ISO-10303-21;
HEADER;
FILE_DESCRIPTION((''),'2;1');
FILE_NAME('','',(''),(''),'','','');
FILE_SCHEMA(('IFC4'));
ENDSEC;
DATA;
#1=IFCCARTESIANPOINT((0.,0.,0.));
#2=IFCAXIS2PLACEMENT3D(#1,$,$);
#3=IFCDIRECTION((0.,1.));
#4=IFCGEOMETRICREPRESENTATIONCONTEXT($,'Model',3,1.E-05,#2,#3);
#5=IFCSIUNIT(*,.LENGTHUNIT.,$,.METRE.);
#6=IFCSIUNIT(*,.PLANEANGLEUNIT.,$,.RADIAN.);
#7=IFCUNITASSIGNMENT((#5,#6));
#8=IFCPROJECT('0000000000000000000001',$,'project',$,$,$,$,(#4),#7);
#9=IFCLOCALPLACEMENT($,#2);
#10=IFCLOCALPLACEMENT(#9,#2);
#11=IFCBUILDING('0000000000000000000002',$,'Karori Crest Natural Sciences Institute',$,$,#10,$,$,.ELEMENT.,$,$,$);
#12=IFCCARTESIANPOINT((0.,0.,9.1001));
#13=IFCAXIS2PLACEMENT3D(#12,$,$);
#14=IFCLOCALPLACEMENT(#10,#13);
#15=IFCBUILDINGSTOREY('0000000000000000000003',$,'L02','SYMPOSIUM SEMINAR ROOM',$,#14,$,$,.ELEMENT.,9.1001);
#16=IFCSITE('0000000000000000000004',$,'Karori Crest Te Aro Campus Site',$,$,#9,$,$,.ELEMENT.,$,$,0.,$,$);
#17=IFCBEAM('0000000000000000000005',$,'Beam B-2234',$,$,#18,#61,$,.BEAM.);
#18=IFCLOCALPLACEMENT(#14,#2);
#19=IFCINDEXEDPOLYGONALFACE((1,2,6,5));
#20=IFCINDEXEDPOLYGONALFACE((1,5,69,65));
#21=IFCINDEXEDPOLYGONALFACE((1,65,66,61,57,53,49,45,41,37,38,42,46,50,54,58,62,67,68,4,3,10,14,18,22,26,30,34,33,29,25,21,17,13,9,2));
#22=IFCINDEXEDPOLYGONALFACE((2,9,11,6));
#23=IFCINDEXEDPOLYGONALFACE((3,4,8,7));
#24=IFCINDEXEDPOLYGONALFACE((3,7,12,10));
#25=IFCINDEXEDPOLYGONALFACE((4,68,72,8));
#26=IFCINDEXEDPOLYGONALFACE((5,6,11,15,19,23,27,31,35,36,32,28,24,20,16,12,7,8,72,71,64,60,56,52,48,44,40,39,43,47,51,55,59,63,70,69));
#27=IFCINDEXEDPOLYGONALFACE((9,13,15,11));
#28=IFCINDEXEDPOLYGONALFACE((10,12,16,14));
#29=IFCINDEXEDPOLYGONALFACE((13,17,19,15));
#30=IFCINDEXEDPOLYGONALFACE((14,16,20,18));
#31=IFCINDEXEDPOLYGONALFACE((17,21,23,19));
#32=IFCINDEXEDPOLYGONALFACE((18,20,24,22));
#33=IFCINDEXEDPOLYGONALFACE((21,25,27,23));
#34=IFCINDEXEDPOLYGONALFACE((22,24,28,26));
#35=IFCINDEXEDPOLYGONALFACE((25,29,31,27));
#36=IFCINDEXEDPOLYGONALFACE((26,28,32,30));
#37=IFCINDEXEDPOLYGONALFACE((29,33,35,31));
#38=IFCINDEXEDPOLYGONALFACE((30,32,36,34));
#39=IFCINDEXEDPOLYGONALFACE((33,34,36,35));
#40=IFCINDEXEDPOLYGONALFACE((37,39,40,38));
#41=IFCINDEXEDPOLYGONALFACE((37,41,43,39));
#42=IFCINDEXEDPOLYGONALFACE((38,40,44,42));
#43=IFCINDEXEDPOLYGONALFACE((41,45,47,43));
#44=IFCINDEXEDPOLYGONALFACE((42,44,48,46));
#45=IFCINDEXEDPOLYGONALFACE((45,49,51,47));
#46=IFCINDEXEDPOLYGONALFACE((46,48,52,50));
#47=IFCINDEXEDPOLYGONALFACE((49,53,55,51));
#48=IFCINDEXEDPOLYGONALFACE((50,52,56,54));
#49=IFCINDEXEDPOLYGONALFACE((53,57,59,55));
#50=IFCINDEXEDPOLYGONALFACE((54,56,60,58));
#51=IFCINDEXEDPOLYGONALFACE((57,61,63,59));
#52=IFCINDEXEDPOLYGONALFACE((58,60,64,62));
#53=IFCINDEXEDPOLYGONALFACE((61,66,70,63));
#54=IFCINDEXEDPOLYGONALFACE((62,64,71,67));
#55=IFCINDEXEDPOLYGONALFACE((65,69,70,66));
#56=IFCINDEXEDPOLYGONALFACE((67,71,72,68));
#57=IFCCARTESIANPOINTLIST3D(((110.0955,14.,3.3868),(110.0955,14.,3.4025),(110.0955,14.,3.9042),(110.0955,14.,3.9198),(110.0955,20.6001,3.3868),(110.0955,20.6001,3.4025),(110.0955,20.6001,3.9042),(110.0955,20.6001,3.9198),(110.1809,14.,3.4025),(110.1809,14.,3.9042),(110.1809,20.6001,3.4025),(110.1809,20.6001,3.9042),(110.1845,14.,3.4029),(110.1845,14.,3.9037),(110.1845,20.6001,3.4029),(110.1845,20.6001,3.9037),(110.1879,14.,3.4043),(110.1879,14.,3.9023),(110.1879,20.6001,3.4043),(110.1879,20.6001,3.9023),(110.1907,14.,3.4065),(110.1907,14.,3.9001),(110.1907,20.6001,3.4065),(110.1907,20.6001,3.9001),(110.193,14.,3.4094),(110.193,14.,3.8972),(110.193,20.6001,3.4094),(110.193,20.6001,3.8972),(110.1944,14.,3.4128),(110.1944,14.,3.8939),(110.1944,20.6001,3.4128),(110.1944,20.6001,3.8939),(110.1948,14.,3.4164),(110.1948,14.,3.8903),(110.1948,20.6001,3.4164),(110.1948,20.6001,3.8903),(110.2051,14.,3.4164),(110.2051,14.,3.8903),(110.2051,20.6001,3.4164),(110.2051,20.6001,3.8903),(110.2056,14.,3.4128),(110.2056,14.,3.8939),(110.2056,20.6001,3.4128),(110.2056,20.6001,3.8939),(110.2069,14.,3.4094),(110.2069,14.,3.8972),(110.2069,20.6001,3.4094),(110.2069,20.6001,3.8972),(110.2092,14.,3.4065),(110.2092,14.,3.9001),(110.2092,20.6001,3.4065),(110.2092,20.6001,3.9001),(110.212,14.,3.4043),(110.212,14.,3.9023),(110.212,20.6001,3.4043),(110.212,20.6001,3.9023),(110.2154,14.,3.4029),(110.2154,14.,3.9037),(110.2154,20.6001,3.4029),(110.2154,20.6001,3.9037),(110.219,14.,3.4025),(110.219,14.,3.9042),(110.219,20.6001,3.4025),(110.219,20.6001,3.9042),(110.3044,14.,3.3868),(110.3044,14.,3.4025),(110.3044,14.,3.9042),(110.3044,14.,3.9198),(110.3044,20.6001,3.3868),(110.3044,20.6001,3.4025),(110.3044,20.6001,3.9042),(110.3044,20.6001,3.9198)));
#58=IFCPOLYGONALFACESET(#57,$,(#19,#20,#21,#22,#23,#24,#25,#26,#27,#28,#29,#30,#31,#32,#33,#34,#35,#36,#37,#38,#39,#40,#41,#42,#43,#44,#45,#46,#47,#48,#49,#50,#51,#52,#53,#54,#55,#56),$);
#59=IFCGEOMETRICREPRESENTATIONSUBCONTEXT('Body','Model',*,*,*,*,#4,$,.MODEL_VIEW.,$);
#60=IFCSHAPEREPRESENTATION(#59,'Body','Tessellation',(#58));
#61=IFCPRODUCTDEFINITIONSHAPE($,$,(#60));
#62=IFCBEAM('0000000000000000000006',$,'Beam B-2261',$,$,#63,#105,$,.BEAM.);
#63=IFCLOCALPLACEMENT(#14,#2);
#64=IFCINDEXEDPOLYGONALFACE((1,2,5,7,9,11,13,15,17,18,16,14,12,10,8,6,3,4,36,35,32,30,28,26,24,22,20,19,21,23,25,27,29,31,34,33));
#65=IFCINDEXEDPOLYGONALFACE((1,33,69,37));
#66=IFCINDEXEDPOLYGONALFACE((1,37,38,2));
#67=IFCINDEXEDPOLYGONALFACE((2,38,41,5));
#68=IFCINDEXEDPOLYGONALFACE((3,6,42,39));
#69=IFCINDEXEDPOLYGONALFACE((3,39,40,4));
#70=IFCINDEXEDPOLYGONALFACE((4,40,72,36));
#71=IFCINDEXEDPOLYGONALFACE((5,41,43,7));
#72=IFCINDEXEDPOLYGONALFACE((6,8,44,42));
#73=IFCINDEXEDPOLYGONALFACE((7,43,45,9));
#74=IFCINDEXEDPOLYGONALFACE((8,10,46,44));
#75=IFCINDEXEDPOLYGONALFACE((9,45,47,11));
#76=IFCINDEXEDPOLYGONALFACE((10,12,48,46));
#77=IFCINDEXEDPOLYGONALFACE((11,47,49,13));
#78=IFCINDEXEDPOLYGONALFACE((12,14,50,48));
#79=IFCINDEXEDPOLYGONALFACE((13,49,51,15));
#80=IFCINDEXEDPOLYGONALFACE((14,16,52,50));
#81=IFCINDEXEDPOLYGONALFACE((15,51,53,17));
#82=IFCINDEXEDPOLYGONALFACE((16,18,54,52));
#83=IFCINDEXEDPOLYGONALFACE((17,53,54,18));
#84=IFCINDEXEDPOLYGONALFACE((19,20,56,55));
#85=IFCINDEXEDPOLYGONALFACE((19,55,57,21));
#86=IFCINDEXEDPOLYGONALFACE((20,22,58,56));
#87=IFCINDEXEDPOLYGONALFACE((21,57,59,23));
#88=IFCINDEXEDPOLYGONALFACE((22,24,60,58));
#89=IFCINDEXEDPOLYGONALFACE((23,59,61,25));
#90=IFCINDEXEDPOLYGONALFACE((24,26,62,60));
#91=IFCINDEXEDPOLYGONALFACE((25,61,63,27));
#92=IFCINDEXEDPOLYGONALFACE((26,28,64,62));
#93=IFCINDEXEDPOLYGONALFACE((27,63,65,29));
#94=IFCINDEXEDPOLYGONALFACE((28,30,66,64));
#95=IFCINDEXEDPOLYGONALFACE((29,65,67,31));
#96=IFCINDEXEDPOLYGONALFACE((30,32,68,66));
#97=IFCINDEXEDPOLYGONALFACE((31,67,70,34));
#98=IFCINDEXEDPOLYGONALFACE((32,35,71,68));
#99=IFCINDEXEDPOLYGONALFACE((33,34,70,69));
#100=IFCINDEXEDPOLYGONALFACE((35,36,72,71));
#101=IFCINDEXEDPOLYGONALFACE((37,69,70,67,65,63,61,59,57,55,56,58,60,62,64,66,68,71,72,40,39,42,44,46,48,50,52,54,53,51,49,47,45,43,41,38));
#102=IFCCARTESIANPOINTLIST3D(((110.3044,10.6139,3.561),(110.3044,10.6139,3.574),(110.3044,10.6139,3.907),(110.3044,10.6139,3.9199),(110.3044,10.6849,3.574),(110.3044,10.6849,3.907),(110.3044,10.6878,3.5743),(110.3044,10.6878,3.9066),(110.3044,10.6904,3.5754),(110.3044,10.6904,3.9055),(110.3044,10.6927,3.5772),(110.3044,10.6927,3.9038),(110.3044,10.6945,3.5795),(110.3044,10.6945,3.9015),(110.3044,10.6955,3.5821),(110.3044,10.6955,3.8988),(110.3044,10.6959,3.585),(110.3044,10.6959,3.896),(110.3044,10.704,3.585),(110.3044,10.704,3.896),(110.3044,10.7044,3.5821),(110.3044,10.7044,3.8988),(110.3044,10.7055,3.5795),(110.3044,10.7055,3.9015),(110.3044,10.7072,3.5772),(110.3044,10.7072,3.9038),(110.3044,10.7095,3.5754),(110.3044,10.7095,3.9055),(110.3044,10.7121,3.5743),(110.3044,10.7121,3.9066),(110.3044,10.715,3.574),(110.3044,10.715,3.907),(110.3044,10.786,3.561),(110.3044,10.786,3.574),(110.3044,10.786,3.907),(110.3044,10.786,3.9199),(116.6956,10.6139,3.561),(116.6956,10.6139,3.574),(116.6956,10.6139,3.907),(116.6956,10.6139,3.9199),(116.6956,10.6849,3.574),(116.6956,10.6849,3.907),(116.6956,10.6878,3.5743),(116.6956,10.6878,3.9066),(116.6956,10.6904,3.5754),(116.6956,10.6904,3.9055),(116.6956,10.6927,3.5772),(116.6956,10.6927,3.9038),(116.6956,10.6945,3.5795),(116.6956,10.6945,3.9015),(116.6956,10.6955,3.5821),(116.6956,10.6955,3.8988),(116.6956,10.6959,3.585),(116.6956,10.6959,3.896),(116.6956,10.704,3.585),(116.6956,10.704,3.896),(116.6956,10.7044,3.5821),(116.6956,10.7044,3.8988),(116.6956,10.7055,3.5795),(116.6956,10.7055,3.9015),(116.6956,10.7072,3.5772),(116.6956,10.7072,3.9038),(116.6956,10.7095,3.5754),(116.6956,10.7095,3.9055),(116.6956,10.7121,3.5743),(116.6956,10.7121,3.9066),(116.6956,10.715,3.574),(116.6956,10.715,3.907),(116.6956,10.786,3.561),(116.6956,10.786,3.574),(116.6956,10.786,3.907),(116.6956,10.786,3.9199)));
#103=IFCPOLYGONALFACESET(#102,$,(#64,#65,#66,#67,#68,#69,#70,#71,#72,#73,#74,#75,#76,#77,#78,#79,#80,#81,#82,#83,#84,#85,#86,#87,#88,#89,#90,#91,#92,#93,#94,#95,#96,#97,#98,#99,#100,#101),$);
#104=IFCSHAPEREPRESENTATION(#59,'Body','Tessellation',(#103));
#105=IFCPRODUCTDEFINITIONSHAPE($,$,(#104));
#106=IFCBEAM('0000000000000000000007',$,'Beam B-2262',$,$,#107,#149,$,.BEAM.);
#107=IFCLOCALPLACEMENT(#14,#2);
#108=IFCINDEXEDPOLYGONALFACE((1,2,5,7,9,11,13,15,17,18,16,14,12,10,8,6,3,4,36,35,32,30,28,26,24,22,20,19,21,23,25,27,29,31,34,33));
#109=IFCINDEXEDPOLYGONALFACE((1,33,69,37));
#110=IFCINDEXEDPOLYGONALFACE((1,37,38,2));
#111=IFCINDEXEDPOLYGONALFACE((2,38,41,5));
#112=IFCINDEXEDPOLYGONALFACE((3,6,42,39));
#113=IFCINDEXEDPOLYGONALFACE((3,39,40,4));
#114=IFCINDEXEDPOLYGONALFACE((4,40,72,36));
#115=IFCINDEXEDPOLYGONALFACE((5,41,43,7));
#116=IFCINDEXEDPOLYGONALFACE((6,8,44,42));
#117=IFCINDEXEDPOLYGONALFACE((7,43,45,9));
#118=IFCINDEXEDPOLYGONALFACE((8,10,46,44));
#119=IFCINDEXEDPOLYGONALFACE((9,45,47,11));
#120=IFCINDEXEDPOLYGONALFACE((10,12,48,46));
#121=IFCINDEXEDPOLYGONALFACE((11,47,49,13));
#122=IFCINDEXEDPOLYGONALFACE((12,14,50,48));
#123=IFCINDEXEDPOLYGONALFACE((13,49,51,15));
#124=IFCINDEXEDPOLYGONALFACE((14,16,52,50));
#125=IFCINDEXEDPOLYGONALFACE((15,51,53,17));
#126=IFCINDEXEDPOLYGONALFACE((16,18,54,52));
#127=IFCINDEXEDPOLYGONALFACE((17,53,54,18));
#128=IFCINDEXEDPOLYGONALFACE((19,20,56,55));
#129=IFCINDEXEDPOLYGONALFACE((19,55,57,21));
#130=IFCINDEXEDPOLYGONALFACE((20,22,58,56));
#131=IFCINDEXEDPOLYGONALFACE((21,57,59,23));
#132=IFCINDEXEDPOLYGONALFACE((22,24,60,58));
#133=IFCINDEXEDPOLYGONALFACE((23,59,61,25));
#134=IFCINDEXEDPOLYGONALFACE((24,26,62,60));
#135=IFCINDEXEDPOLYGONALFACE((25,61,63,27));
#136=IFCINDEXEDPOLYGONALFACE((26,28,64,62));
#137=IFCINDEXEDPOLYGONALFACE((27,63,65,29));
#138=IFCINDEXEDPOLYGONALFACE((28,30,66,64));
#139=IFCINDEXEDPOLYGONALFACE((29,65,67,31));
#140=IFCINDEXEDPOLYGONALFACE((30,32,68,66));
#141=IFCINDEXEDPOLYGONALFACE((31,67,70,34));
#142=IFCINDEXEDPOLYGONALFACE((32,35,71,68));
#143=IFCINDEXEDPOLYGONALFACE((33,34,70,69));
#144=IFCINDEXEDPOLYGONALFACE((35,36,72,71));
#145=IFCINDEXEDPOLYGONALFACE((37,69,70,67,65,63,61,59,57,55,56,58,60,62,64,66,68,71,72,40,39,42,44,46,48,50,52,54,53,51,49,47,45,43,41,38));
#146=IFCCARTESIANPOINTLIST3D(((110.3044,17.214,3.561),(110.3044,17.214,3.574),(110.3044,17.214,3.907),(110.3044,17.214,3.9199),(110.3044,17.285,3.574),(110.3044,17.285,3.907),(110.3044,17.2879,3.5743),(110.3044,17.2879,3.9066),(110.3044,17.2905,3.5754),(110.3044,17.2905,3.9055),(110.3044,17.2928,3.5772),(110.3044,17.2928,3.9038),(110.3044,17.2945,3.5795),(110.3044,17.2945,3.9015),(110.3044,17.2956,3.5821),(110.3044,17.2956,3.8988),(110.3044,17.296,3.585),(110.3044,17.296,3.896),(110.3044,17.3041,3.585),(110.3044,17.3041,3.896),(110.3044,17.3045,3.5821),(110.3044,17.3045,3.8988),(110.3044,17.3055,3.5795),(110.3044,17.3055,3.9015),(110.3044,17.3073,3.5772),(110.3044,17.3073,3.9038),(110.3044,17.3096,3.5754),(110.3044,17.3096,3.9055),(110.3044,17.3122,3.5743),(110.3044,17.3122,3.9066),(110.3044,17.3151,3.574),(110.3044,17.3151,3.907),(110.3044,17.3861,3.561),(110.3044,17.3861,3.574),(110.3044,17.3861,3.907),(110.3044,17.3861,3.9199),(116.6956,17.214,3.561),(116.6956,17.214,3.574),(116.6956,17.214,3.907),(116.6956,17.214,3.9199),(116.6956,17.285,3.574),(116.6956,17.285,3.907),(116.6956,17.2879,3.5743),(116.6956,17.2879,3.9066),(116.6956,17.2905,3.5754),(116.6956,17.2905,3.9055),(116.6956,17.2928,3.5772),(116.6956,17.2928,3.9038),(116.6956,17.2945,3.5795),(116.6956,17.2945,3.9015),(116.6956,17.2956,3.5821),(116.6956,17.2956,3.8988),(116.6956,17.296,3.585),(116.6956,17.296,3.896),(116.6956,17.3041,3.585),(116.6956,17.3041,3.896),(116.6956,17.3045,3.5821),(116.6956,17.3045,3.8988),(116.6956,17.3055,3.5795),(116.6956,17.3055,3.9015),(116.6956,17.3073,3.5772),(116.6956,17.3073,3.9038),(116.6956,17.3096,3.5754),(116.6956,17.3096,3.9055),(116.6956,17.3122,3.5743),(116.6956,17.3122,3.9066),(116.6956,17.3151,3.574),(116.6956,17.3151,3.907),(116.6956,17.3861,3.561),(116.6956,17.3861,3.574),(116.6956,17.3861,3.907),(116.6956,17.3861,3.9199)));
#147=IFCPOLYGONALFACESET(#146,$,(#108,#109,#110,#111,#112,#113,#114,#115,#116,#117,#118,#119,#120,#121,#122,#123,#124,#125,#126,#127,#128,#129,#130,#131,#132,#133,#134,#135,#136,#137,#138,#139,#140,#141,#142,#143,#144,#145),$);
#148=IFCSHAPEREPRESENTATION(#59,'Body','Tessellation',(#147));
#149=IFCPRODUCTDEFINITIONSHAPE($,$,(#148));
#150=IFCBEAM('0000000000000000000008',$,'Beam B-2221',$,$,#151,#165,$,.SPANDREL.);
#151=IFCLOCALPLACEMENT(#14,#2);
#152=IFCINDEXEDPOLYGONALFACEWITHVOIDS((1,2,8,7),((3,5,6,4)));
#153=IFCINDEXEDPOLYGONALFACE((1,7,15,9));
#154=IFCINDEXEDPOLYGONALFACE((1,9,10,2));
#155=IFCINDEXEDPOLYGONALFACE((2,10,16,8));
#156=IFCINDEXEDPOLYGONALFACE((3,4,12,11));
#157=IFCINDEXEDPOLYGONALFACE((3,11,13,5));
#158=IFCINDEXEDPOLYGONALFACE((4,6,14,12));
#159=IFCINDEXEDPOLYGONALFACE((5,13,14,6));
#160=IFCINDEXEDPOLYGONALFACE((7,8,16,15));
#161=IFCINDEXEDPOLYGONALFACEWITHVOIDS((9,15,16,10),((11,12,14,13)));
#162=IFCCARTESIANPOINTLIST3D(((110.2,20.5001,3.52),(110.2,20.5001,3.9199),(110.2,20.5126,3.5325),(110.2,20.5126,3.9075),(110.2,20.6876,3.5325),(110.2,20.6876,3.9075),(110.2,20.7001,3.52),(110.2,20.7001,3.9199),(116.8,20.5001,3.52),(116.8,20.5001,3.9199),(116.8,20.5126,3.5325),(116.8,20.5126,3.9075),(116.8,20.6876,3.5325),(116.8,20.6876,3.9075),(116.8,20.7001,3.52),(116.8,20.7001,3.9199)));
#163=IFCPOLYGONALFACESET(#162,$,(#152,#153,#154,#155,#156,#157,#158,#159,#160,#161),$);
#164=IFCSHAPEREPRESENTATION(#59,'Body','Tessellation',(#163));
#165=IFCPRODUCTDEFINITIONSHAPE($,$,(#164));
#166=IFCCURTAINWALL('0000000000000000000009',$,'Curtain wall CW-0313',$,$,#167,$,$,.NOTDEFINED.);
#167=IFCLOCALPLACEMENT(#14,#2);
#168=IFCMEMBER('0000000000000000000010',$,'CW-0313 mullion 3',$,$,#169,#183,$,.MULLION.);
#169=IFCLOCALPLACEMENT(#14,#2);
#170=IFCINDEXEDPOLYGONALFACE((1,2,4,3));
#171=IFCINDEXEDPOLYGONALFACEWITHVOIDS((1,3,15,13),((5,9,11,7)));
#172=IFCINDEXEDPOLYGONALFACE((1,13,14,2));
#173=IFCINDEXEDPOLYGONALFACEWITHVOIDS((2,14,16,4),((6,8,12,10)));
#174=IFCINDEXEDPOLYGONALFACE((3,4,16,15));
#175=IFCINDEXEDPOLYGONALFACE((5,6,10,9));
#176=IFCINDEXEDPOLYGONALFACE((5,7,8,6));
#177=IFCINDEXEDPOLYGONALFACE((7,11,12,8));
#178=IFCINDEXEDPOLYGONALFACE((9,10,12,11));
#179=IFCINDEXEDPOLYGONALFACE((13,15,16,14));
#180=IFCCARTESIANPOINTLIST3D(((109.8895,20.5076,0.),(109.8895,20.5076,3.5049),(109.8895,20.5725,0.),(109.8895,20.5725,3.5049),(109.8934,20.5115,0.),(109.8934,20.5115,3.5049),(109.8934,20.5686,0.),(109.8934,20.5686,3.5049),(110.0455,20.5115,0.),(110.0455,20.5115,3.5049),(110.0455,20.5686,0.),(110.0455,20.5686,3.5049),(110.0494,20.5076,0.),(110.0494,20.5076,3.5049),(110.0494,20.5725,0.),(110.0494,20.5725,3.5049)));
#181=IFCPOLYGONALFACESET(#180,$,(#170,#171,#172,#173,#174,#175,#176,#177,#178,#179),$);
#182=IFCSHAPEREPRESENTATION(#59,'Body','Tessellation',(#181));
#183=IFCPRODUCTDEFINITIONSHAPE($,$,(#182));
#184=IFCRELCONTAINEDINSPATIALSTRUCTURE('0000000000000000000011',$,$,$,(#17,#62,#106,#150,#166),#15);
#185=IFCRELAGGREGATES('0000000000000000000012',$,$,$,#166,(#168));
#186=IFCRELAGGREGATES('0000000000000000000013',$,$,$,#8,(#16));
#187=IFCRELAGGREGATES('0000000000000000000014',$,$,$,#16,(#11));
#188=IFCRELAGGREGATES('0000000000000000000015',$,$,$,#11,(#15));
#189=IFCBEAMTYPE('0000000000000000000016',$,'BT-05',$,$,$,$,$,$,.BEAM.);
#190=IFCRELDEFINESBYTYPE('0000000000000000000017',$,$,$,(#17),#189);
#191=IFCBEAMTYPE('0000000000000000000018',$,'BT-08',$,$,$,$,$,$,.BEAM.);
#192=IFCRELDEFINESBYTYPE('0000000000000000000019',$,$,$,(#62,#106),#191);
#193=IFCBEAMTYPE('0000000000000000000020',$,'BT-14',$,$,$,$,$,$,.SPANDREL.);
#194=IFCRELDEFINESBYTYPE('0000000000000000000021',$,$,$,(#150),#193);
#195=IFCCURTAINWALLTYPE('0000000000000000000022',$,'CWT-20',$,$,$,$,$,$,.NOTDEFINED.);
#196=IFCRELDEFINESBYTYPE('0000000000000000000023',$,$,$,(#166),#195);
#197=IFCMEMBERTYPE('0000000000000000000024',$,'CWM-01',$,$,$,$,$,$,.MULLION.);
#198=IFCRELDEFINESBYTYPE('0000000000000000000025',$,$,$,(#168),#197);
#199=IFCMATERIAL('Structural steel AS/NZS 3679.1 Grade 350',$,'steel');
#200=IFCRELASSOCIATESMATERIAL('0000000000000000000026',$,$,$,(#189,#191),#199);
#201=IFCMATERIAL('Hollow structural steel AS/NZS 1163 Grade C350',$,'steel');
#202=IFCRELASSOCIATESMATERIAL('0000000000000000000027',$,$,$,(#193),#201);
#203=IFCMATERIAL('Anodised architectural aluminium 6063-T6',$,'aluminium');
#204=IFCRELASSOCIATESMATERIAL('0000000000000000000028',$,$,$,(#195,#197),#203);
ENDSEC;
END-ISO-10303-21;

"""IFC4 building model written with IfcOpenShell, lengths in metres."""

from ifc_helpers import new_model, si_unit, direction, frame, origin, origin_2d, place, context, subcontext, project, spatial, hollow_rectangle, i_section, extrude, material, material_profile, profile_set, type_object, element, aggregate, save


model = new_model("IFC4")

# Units and contexts
model_context = context("Model", 3, precision=1e-05, world=origin(), true_north=direction((0.0, 1.0)))
body_context = subcontext(model_context, "Body", "Model", "MODEL_VIEW")
ifc_project = project(units=[si_unit("LENGTHUNIT", "METRE"), si_unit("PLANEANGLEUNIT", "RADIAN")], contexts=[model_context])

# Site, building, storey
site_placement = place(None, origin())
site = spatial("IfcSite", under=ifc_project, at=site_placement, Name="Karori Crest Te Aro Campus Site", CompositionType="ELEMENT", RefElevation=0.0)
building_placement = place(site_placement, origin())
building = spatial("IfcBuilding", under=site, at=building_placement, Name="Karori Crest Natural Sciences Institute", CompositionType="ELEMENT")
storey_placement = place(building_placement, frame((0.0, 0.0, 9.1001)))
storey = spatial("IfcBuildingStorey", under=building, at=storey_placement, Name="L02", Description="SYMPOSIUM SEMINAR ROOM", CompositionType="ELEMENT", Elevation=9.1001)

# Shared definitions
ifc_material_1 = material(Name="Structural steel AS/NZS 3679.1 Grade 350", Category="steel")

# Beams
ifc_material_profile_1 = material_profile(ifc_material_1, i_section(OverallWidth=0.209, OverallDepth=0.533, WebThickness=0.0103, FlangeThickness=0.0156, FilletRadius=0.0139, at=origin_2d()), Name="530UB92.4")
ifc_profile_set_1 = profile_set([ifc_material_profile_1], Name="Structural steel AS/NZS 3679.1 Grade 350")
beam_type_1 = type_object("IfcBeamType", Name="BT-05", PredefinedType="BEAM", material=ifc_profile_set_1)
beam_1_placement = place(storey_placement, frame((110.2, 14.0, 3.6533), z_axis=(0.0, 1.0, 0.0), x_axis=(-1.0, 0.0, 0.0)))
element("IfcBeam", 1, at=beam_1_placement, inside=storey, type_object=beam_type_1, Name="Beam B-2234", PredefinedType="BEAM", context=body_context, shape_type="SweptSolid", body=[
    extrude(i_section(OverallWidth=0.209, OverallDepth=0.533, WebThickness=0.0103, FlangeThickness=0.0156, FilletRadius=0.0139, at=origin_2d()), origin(), (0.0, 0.0, 1.0), 6.6001),
])
ifc_material_profile_2 = material_profile(ifc_material_1, i_section(OverallWidth=0.1721, OverallDepth=0.3589, WebThickness=0.0081, FlangeThickness=0.0129, FilletRadius=0.011, at=origin_2d()), Name="360UB56.7")
ifc_profile_set_2 = profile_set([ifc_material_profile_2], Name="Structural steel AS/NZS 3679.1 Grade 350")
beam_type_2 = type_object("IfcBeamType", Name="BT-08", PredefinedType="BEAM", material=ifc_profile_set_2)
for number, where, z_axis, x_axis, name in (
    (2, (110.3044, 10.7, 3.7405), (1.0, 0.0, 0.0), (0.0, 1.0, 0.0), "Beam B-2261"),
    (3, (110.3044, 17.3, 3.7405), (1.0, 0.0, 0.0), (0.0, 1.0, 0.0), "Beam B-2262"),
):
    element("IfcBeam", number, at=place(storey_placement, frame(where, z_axis=z_axis, x_axis=x_axis)), inside=storey, type_object=beam_type_2, Name=name, PredefinedType="BEAM", context=body_context, shape_type="SweptSolid", body=[
        extrude(i_section(OverallWidth=0.1721, OverallDepth=0.3589, WebThickness=0.0081, FlangeThickness=0.0129, FilletRadius=0.011, at=origin_2d()), origin(), (0.0, 0.0, 1.0), 6.3911),
    ])
ifc_material_2 = material(Name="Hollow structural steel AS/NZS 1163 Grade C350", Category="steel")
ifc_material_profile_3 = material_profile(ifc_material_2, hollow_rectangle(XDim=0.2, YDim=0.3999, WallThickness=0.0125, at=origin_2d()), Name="RHS400x200x12.5")
ifc_profile_set_3 = profile_set([ifc_material_profile_3], Name="Hollow structural steel AS/NZS 1163 Grade C350")
beam_type_3 = type_object("IfcBeamType", Name="BT-14", PredefinedType="SPANDREL", material=ifc_profile_set_3)
beam_2_placement = place(storey_placement, frame((110.2, 20.6001, 3.72), z_axis=(1.0, 0.0, 0.0), x_axis=(0.0, 1.0, 0.0)))
element("IfcBeam", 4, at=beam_2_placement, inside=storey, type_object=beam_type_3, Name="Beam B-2221", PredefinedType="SPANDREL", context=body_context, shape_type="SweptSolid", body=[
    extrude(hollow_rectangle(XDim=0.2, YDim=0.3999, WallThickness=0.0125, at=origin_2d()), origin(), (0.0, 0.0, 1.0), 6.6001),
])

# Curtain wall, member
ifc_material_3 = material(Name="Anodised architectural aluminium 6063-T6", Category="aluminium")
curtain_wall_type = type_object("IfcCurtainWallType", Name="CWT-20", PredefinedType="NOTDEFINED", material=ifc_material_3)
curtain_wall_1_placement = place(storey_placement, origin())
curtain_wall_1 = element("IfcCurtainWall", 5, at=curtain_wall_1_placement, inside=storey, type_object=curtain_wall_type, Name="Curtain wall CW-0313", PredefinedType="NOTDEFINED")
ifc_material_profile_4 = material_profile(ifc_material_3, hollow_rectangle(XDim=0.0649, YDim=0.1599, WallThickness=0.0039, at=origin_2d()), Name="CWM160x65x4")
ifc_profile_set_4 = profile_set([ifc_material_profile_4], Name="Anodised architectural aluminium 6063-T6")
member_type_1 = type_object("IfcMemberType", Name="CWM-01", PredefinedType="MULLION", material=ifc_profile_set_4)
member_1_placement = place(storey_placement, frame((109.9695, 20.54, 0.0), z_axis=(0.0, 0.0, 1.0), x_axis=(0.0, 1.0, 0.0)))
member_1 = element("IfcMember", 6, at=member_1_placement, type_object=member_type_1, Name="CW-0313 mullion 3", PredefinedType="MULLION", context=body_context, shape_type="SweptSolid", body=[
    extrude(hollow_rectangle(XDim=0.0649, YDim=0.1599, WallThickness=0.0039, at=origin_2d()), origin(), (0.0, 0.0, 1.0), 3.5049),
])
aggregate(curtain_wall_1, [member_1])

save(model, "model.ifc")
